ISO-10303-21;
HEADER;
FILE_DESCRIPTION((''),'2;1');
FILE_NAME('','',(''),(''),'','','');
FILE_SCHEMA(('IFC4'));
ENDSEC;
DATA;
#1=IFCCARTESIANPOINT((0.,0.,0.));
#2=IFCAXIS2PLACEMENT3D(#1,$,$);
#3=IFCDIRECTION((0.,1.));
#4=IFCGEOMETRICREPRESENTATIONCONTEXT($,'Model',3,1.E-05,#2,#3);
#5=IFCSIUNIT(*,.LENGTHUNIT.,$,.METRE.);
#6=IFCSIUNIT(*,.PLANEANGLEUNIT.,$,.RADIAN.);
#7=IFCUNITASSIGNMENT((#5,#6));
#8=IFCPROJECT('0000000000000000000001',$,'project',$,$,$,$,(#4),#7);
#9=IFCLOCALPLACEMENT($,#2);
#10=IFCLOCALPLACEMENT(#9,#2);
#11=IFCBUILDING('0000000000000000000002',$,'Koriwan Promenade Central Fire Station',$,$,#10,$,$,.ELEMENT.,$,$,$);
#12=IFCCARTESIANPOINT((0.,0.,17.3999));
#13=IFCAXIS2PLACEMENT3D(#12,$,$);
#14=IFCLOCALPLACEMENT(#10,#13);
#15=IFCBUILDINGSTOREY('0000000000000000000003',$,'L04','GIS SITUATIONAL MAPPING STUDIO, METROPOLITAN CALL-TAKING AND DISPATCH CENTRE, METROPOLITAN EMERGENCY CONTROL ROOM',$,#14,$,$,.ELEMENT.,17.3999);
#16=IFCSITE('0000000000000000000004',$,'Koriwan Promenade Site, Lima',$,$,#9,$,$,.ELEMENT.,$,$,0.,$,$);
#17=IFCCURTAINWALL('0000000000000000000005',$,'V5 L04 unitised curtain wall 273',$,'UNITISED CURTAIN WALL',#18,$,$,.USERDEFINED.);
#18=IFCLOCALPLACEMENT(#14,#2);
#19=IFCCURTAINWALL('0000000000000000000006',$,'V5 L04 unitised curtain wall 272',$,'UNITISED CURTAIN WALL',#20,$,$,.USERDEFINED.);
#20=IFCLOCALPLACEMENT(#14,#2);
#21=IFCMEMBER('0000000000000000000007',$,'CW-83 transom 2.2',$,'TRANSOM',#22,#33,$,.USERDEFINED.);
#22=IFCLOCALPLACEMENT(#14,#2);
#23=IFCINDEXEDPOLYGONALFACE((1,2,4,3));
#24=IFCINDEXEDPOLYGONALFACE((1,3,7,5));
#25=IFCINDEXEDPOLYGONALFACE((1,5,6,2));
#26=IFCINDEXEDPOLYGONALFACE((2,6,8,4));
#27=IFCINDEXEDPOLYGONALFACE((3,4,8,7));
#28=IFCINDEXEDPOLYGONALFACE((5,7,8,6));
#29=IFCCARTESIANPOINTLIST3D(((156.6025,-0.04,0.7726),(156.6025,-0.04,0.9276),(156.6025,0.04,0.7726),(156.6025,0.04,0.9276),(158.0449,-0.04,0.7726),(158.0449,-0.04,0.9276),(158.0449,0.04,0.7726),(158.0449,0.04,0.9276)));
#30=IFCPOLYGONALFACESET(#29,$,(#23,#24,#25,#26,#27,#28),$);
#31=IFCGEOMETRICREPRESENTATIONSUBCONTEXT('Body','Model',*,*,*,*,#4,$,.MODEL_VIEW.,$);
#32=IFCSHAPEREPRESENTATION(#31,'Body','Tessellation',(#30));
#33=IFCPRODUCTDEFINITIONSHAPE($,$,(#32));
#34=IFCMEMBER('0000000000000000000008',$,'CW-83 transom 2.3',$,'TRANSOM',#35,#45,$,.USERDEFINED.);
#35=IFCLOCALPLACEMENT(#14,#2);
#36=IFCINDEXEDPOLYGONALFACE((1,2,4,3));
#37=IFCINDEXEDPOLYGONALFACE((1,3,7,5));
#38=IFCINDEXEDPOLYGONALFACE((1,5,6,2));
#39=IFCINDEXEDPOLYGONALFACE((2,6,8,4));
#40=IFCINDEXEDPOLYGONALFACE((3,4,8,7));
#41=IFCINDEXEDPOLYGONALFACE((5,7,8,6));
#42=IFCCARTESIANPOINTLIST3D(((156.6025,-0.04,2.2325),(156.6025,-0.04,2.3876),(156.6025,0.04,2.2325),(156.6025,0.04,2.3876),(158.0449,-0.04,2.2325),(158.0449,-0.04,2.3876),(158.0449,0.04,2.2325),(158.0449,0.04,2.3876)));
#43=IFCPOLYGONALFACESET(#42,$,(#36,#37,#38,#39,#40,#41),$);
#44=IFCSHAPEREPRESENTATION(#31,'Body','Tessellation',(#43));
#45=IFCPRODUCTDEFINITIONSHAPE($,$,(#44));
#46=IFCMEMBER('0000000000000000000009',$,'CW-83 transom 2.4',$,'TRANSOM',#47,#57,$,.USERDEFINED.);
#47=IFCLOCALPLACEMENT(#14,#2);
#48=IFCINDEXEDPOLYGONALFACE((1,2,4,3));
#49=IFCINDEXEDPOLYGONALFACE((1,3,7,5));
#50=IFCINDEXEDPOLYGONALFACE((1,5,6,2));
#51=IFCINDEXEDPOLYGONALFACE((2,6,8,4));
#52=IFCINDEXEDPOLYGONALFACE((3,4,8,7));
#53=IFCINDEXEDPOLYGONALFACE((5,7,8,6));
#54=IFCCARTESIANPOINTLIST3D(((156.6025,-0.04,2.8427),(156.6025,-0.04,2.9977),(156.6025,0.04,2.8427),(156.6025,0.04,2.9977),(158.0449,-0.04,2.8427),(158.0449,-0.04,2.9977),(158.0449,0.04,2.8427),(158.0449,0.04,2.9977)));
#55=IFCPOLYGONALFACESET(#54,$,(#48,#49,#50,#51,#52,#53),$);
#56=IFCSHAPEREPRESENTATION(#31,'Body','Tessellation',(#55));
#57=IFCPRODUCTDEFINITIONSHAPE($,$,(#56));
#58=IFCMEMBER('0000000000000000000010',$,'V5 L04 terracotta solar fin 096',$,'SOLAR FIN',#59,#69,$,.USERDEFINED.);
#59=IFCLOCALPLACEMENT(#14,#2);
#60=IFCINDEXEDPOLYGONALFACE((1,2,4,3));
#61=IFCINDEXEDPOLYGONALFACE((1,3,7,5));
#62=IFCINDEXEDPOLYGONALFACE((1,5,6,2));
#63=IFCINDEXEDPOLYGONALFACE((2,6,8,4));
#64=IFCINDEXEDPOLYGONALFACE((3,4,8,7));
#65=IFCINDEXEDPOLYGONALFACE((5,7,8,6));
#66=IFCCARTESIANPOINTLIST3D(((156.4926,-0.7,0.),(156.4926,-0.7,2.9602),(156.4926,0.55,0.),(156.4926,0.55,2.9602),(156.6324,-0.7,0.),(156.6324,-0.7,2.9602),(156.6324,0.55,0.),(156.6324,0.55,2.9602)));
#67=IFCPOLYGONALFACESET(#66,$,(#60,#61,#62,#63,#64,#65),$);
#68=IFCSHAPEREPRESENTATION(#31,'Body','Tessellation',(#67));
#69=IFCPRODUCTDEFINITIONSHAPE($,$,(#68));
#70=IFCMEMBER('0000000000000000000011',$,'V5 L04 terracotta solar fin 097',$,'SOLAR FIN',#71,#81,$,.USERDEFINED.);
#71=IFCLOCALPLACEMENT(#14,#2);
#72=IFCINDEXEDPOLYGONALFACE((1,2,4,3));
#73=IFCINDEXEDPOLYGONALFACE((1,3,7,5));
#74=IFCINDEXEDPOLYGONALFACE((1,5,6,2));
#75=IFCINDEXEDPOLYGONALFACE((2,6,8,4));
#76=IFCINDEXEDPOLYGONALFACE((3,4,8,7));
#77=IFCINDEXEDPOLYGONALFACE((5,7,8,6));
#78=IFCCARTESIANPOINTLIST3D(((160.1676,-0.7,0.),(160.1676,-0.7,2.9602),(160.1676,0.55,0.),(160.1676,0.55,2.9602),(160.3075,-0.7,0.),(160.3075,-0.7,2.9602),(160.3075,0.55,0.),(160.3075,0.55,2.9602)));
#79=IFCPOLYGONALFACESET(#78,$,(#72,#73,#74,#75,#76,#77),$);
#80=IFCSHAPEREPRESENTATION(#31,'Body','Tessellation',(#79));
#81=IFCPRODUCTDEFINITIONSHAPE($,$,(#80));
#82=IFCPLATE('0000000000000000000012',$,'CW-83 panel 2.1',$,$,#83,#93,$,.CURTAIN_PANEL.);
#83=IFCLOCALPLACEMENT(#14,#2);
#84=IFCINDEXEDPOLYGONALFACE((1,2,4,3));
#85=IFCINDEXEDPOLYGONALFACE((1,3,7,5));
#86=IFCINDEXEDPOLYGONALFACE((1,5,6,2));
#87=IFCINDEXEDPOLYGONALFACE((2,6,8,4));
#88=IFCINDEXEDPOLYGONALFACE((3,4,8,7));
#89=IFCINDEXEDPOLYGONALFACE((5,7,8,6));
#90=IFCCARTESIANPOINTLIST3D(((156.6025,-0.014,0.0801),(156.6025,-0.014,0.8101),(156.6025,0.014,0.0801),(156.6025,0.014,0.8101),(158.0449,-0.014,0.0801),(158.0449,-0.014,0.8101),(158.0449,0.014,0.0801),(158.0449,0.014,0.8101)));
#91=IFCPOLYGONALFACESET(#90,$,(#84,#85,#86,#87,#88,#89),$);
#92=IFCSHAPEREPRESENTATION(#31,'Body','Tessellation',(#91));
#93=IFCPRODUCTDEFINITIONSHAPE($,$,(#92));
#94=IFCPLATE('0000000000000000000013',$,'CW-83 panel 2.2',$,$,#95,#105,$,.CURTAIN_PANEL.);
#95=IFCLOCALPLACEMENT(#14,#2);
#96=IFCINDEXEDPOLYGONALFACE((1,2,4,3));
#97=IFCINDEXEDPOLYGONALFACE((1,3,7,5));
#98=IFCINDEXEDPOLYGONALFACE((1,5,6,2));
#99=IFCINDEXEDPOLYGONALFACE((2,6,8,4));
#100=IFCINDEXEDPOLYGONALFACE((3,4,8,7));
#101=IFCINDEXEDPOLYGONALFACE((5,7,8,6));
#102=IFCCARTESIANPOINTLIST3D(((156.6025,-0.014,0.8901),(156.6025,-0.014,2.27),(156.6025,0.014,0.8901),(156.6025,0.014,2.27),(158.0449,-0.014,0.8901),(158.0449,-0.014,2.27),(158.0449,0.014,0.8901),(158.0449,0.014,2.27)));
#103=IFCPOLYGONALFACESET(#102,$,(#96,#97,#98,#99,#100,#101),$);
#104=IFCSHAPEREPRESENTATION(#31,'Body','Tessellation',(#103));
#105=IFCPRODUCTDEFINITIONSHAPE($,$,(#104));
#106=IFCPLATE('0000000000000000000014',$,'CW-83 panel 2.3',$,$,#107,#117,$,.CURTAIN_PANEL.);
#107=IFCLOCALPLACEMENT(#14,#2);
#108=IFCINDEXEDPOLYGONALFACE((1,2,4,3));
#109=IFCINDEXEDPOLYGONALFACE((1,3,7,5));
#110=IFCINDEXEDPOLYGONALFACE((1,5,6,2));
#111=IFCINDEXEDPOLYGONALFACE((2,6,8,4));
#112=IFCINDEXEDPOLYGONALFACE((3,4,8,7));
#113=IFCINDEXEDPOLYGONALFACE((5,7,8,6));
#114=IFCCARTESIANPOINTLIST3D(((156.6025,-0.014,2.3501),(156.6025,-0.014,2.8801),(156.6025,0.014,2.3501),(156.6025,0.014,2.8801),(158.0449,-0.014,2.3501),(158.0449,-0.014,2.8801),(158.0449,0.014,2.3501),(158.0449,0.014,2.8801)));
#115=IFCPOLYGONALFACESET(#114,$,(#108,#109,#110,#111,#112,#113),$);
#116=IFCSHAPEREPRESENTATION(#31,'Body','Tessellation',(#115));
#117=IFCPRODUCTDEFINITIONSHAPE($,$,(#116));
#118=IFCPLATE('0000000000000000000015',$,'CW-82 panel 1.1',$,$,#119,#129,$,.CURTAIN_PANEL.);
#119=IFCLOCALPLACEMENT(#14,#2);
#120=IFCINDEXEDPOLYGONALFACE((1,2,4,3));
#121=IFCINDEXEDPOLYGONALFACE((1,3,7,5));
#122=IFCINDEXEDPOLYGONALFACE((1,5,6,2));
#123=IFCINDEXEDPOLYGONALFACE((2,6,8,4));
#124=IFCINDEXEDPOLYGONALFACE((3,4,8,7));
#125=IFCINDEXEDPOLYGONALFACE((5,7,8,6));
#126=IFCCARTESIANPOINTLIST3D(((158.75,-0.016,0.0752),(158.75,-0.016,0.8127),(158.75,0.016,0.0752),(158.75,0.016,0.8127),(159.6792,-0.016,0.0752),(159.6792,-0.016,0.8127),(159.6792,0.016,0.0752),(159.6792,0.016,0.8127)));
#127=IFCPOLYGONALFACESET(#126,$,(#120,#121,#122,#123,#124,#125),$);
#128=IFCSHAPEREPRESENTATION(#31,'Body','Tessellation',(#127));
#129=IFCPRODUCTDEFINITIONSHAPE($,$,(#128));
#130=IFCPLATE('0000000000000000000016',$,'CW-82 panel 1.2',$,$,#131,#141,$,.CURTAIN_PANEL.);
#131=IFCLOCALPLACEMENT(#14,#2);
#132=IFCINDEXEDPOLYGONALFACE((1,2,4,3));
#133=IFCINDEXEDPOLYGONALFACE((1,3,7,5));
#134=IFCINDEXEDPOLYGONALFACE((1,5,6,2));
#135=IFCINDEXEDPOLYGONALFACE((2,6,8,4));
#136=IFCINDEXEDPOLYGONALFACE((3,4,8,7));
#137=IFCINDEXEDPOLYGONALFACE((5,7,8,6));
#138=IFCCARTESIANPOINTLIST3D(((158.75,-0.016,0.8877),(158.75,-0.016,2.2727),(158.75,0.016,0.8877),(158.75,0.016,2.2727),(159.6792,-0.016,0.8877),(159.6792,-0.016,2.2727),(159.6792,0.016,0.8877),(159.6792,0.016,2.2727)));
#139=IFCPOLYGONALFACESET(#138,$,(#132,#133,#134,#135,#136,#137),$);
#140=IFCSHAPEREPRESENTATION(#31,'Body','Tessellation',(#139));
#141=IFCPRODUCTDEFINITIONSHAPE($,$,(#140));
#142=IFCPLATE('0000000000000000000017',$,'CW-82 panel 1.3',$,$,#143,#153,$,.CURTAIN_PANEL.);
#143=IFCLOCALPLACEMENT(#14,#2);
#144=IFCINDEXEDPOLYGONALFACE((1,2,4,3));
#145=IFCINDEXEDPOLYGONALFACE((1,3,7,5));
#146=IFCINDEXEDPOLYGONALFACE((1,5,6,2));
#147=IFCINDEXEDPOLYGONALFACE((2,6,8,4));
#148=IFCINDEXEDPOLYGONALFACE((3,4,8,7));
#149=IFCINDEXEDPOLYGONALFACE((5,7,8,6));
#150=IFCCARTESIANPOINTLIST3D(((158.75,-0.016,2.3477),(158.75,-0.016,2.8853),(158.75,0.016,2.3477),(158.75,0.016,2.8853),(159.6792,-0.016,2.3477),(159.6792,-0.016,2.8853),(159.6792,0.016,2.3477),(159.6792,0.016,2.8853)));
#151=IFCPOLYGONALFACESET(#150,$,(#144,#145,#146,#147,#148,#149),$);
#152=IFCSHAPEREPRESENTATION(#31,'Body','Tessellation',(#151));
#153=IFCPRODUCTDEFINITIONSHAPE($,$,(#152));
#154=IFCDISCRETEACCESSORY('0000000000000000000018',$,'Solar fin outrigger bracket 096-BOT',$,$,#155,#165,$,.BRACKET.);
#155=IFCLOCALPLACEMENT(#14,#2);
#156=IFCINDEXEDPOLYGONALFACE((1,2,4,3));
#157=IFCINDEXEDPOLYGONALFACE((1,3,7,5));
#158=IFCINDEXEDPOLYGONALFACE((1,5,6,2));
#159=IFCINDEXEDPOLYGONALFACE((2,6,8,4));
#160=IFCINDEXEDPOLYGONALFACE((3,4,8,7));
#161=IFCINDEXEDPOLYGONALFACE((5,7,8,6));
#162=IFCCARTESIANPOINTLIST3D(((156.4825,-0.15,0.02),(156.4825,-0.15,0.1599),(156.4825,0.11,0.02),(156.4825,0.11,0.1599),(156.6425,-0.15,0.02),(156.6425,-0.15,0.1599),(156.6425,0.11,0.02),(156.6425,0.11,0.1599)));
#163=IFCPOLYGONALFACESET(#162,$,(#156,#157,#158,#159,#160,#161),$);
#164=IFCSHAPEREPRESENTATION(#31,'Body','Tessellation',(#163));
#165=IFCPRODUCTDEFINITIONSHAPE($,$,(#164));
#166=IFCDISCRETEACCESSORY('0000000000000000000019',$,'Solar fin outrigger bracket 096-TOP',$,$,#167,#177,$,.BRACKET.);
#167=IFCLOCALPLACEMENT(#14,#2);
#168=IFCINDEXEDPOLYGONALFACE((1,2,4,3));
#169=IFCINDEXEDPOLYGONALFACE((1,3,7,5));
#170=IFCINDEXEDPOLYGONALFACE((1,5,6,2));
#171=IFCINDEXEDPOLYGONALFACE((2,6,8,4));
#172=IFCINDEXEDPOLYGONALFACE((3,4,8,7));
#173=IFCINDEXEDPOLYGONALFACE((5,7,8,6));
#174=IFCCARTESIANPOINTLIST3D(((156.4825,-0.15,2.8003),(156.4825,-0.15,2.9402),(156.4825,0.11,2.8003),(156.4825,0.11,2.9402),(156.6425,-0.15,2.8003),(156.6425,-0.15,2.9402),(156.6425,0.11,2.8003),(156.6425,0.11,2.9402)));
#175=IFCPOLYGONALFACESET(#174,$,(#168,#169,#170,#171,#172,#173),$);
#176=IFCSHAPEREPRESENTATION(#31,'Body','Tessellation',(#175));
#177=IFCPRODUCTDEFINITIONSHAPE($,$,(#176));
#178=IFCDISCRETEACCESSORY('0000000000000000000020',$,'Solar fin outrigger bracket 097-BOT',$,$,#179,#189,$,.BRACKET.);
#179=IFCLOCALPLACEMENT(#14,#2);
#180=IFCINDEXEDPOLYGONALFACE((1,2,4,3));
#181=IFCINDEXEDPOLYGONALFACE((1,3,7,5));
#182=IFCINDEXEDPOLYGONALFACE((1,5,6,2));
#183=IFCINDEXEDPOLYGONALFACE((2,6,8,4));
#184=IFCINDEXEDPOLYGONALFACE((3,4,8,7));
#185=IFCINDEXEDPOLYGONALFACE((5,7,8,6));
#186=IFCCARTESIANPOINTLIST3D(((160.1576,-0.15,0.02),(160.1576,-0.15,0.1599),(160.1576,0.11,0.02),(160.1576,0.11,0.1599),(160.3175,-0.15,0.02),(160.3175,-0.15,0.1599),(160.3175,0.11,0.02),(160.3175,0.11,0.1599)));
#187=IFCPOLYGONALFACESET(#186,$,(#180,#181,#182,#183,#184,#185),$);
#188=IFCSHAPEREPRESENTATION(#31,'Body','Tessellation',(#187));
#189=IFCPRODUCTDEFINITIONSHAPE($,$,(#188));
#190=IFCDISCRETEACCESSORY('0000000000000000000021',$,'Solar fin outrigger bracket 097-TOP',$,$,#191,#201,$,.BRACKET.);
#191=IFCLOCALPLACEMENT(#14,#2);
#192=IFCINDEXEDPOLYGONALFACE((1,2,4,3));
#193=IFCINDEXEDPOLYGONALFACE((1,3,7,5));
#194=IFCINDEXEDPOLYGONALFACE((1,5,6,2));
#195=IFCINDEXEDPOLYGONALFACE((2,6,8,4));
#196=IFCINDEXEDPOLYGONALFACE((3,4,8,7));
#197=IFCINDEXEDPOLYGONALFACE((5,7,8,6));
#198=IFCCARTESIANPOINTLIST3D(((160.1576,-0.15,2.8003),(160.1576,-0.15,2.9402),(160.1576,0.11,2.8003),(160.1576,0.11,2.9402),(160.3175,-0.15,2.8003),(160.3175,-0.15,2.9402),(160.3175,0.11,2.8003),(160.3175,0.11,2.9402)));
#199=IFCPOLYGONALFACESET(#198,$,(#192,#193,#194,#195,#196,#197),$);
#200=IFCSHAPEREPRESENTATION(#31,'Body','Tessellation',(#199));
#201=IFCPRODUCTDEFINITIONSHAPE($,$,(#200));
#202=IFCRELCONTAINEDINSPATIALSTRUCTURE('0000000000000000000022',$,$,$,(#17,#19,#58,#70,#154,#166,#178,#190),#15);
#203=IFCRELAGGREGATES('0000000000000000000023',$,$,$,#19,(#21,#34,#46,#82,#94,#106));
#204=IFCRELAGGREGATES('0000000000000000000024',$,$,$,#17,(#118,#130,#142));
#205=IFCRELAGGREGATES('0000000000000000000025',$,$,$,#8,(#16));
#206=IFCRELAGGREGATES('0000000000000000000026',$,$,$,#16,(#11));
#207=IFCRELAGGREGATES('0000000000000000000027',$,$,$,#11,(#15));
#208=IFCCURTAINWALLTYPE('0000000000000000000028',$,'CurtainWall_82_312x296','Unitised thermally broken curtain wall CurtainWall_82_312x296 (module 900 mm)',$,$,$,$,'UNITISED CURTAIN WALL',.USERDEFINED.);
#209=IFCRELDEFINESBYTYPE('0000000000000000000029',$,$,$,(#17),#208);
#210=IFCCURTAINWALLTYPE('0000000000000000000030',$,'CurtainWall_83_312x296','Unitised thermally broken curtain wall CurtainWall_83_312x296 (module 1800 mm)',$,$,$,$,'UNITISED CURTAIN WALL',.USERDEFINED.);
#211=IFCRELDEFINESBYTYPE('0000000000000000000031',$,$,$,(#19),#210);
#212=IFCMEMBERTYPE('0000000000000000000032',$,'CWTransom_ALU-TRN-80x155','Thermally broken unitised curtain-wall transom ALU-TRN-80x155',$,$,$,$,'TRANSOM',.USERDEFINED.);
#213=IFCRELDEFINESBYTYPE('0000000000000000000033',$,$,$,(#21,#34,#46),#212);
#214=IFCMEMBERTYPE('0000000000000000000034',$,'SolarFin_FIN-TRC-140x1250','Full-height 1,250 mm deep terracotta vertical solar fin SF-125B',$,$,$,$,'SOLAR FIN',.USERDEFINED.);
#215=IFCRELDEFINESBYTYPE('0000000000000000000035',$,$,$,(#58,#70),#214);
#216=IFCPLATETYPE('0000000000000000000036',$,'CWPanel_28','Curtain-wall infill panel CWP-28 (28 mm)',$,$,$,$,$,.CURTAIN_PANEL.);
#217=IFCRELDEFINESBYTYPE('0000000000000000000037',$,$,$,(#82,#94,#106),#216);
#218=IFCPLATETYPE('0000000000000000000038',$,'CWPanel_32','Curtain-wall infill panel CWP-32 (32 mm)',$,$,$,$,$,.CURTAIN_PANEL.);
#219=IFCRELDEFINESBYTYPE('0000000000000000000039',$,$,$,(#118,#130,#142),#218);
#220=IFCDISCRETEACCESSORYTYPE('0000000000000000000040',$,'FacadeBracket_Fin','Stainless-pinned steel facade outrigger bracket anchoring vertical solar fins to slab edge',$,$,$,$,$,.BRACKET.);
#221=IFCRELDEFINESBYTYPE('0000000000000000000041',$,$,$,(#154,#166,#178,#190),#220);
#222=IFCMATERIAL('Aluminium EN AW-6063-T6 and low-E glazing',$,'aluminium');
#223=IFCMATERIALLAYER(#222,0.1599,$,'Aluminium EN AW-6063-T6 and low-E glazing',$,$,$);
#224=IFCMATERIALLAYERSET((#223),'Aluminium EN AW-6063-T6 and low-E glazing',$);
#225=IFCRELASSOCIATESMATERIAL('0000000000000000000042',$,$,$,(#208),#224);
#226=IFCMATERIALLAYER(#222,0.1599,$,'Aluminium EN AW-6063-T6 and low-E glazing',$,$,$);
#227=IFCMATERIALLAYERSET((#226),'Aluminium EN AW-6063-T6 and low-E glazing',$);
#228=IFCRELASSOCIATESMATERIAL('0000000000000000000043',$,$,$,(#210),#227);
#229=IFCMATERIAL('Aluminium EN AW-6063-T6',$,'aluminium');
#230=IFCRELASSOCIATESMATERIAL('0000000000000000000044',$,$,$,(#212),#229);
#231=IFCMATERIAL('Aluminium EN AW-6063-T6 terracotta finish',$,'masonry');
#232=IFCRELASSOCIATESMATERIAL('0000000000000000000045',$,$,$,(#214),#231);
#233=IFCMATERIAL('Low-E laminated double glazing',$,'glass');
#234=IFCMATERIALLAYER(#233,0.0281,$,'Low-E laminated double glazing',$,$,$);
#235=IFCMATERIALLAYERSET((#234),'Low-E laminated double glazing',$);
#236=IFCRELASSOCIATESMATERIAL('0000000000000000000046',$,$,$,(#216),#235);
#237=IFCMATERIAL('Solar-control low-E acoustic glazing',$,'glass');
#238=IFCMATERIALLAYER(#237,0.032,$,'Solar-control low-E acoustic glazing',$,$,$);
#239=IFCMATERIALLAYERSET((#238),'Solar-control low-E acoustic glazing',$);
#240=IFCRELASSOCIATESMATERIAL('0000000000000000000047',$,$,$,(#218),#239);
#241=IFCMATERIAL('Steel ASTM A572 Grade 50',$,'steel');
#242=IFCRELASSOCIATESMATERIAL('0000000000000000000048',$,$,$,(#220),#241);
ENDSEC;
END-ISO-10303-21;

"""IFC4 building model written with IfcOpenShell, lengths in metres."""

from ifc_helpers import new_model, si_unit, direction, frame, origin, origin_2d, place, context, subcontext, project, spatial, rectangle, extrude, material, layer, layer_set, material_profile, profile_set, type_object, element, aggregate, save


model = new_model("IFC4")

# Units and contexts
model_context = context("Model", 3, precision=1e-05, world=origin(), true_north=direction((0.0, 1.0)))
body_context = subcontext(model_context, "Body", "Model", "MODEL_VIEW")
ifc_project = project(units=[si_unit("LENGTHUNIT", "METRE"), si_unit("PLANEANGLEUNIT", "RADIAN")], contexts=[model_context])

# Site, building, storey
site_placement = place(None, origin())
site = spatial("IfcSite", under=ifc_project, at=site_placement, Name="Koriwan Promenade Site, Lima", CompositionType="ELEMENT", RefElevation=0.0)
building_placement = place(site_placement, origin())
building = spatial("IfcBuilding", under=site, at=building_placement, Name="Koriwan Promenade Central Fire Station", CompositionType="ELEMENT")
storey_placement = place(building_placement, frame((0.0, 0.0, 17.3999)))
storey = spatial("IfcBuildingStorey", under=building, at=storey_placement, Name="L04", Description="GIS SITUATIONAL MAPPING STUDIO, METROPOLITAN CALL-TAKING AND DISPATCH CENTRE, METROPOLITAN EMERGENCY CONTROL ROOM", CompositionType="ELEMENT", Elevation=17.3999)

# Curtain walls
ifc_material_1 = material(Name="Aluminium EN AW-6063-T6 and low-E glazing", Category="aluminium")
ifc_layer_1 = layer(ifc_material_1, 0.1599, Name="Aluminium EN AW-6063-T6 and low-E glazing")
ifc_layer_set_1 = layer_set([ifc_layer_1], Name="Aluminium EN AW-6063-T6 and low-E glazing")
curtain_wall_type_1 = type_object("IfcCurtainWallType", Name="CurtainWall_82_312x296", Description="Unitised thermally broken curtain wall CurtainWall_82_312x296 (module 900 mm)", ElementType="UNITISED CURTAIN WALL", PredefinedType="USERDEFINED", material=ifc_layer_set_1)
curtain_wall_1_placement = place(storey_placement, origin())
curtain_wall_1 = element("IfcCurtainWall", 1, at=curtain_wall_1_placement, inside=storey, type_object=curtain_wall_type_1, Name="V5 L04 unitised curtain wall 273", ObjectType="UNITISED CURTAIN WALL", PredefinedType="USERDEFINED")
ifc_material_2 = material(Name="Aluminium EN AW-6063-T6", Category="aluminium")
ifc_layer_2 = layer(ifc_material_1, 0.1599, Name="Aluminium EN AW-6063-T6 and low-E glazing")
ifc_layer_set_2 = layer_set([ifc_layer_2], Name="Aluminium EN AW-6063-T6 and low-E glazing")
curtain_wall_type_2 = type_object("IfcCurtainWallType", Name="CurtainWall_83_312x296", Description="Unitised thermally broken curtain wall CurtainWall_83_312x296 (module 1800 mm)", ElementType="UNITISED CURTAIN WALL", PredefinedType="USERDEFINED", material=ifc_layer_set_2)
curtain_wall_2_placement = place(storey_placement, origin())
curtain_wall_2 = element("IfcCurtainWall", 2, at=curtain_wall_2_placement, inside=storey, type_object=curtain_wall_type_2, Name="V5 L04 unitised curtain wall 272", ObjectType="UNITISED CURTAIN WALL", PredefinedType="USERDEFINED")

# Members
ifc_material_profile_1 = material_profile(ifc_material_2, rectangle(XDim=0.0801, YDim=0.155, at=origin_2d()), Name="ALU-TRN-80x155")
ifc_profile_set_1 = profile_set([ifc_material_profile_1], Name="Aluminium EN AW-6063-T6")
member_type_1 = type_object("IfcMemberType", Name="CWTransom_ALU-TRN-80x155", Description="Thermally broken unitised curtain-wall transom ALU-TRN-80x155", ElementType="TRANSOM", PredefinedType="USERDEFINED", material=ifc_profile_set_1)
member_1_placement = place(storey_placement, frame((156.6025, 0.0, 0.8501), z_axis=(1.0, 0.0, 0.0), x_axis=(0.0, 1.0, 0.0)))
member_1 = element("IfcMember", 3, at=member_1_placement, type_object=member_type_1, Name="CW-83 transom 2.2", ObjectType="TRANSOM", PredefinedType="USERDEFINED", context=body_context, shape_type="SweptSolid", body=[
    extrude(rectangle(XDim=0.0801, YDim=0.155, at=origin_2d()), origin(), (0.0, 0.0, 1.0), 1.4424),
])
member_2_placement = place(storey_placement, frame((156.6025, 0.0, 2.3101), z_axis=(1.0, 0.0, 0.0), x_axis=(0.0, 1.0, 0.0)))
member_2 = element("IfcMember", 4, at=member_2_placement, type_object=member_type_1, Name="CW-83 transom 2.3", ObjectType="TRANSOM", PredefinedType="USERDEFINED", context=body_context, shape_type="SweptSolid", body=[
    extrude(rectangle(XDim=0.0801, YDim=0.155, at=origin_2d()), origin(), (0.0, 0.0, 1.0), 1.4424),
])
member_3_placement = place(storey_placement, frame((156.6025, 0.0, 2.9202), z_axis=(1.0, 0.0, 0.0), x_axis=(0.0, 1.0, 0.0)))
member_3 = element("IfcMember", 5, at=member_3_placement, type_object=member_type_1, Name="CW-83 transom 2.4", ObjectType="TRANSOM", PredefinedType="USERDEFINED", context=body_context, shape_type="SweptSolid", body=[
    extrude(rectangle(XDim=0.0801, YDim=0.155, at=origin_2d()), origin(), (0.0, 0.0, 1.0), 1.4424),
])

# Members
ifc_material_3 = material(Name="Aluminium EN AW-6063-T6 terracotta finish", Category="masonry")
ifc_material_profile_2 = material_profile(ifc_material_3, rectangle(XDim=0.1399, YDim=1.25, at=origin_2d()), Name="FIN-TRC-140x1250")
ifc_profile_set_2 = profile_set([ifc_material_profile_2], Name="Aluminium EN AW-6063-T6 terracotta finish")
member_type_2 = type_object("IfcMemberType", Name="SolarFin_FIN-TRC-140x1250", Description="Full-height 1,250 mm deep terracotta vertical solar fin SF-125B", ElementType="SOLAR FIN", PredefinedType="USERDEFINED", material=ifc_profile_set_2)
for number, where, z_axis, x_axis, name in (
    (6, (156.5625, -0.075, 0.0), (0.0, 0.0, 1.0), (-1.0, 0.0, 0.0), "V5 L04 terracotta solar fin 096"),
    (7, (160.2375, -0.075, 0.0), (0.0, 0.0, 1.0), (-1.0, 0.0, 0.0), "V5 L04 terracotta solar fin 097"),
):
    element("IfcMember", number, at=place(storey_placement, frame(where, z_axis=z_axis, x_axis=x_axis)), inside=storey, type_object=member_type_2, Name=name, ObjectType="SOLAR FIN", PredefinedType="USERDEFINED", context=body_context, shape_type="SweptSolid", body=[
        extrude(rectangle(XDim=0.1399, YDim=1.25, at=origin_2d()), origin(), (0.0, 0.0, 1.0), 2.9602),
    ])

# Plates
ifc_material_4 = material(Name="Low-E laminated double glazing", Category="glass")
ifc_layer_3 = layer(ifc_material_4, 0.0281, Name="Low-E laminated double glazing")
ifc_layer_set_3 = layer_set([ifc_layer_3], Name="Low-E laminated double glazing")
plate_type_1 = type_object("IfcPlateType", Name="CWPanel_28", Description="Curtain-wall infill panel CWP-28 (28 mm)", PredefinedType="CURTAIN_PANEL", material=ifc_layer_set_3)
plate_1_placement = place(storey_placement, frame((157.3237, 0.0, 0.0801), z_axis=(0.0, 0.0, 1.0), x_axis=(1.0, 0.0, 0.0)))
plate_1 = element("IfcPlate", 8, at=plate_1_placement, type_object=plate_type_1, Name="CW-83 panel 2.1", PredefinedType="CURTAIN_PANEL", context=body_context, shape_type="SweptSolid", body=[
    extrude(rectangle(XDim=1.4424, YDim=0.0281, at=origin_2d()), origin(), (0.0, 0.0, 1.0), 0.73),
])
plate_2_placement = place(storey_placement, frame((157.3237, 0.0, 0.8901), z_axis=(0.0, 0.0, 1.0), x_axis=(1.0, 0.0, 0.0)))
plate_2 = element("IfcPlate", 9, at=plate_2_placement, type_object=plate_type_1, Name="CW-83 panel 2.2", PredefinedType="CURTAIN_PANEL", context=body_context, shape_type="SweptSolid", body=[
    extrude(rectangle(XDim=1.4424, YDim=0.0281, at=origin_2d()), origin(), (0.0, 0.0, 1.0), 1.3799),
])
plate_3_placement = place(storey_placement, frame((157.3237, 0.0, 2.3501), z_axis=(0.0, 0.0, 1.0), x_axis=(1.0, 0.0, 0.0)))
plate_3 = element("IfcPlate", 10, at=plate_3_placement, type_object=plate_type_1, Name="CW-83 panel 2.3", PredefinedType="CURTAIN_PANEL", context=body_context, shape_type="SweptSolid", body=[
    extrude(rectangle(XDim=1.4424, YDim=0.0281, at=origin_2d()), origin(), (0.0, 0.0, 1.0), 0.53),
])
aggregate(curtain_wall_2, [member_1, member_2, member_3, plate_1, plate_2, plate_3])
ifc_material_5 = material(Name="Solar-control low-E acoustic glazing", Category="glass")
ifc_layer_4 = layer(ifc_material_5, 0.032, Name="Solar-control low-E acoustic glazing")
ifc_layer_set_4 = layer_set([ifc_layer_4], Name="Solar-control low-E acoustic glazing")
plate_type_2 = type_object("IfcPlateType", Name="CWPanel_32", Description="Curtain-wall infill panel CWP-32 (32 mm)", PredefinedType="CURTAIN_PANEL", material=ifc_layer_set_4)
plate_4_placement = place(storey_placement, frame((159.2146, 0.0, 0.0752), z_axis=(0.0, 0.0, 1.0), x_axis=(1.0, 0.0, 0.0)))
plate_4 = element("IfcPlate", 11, at=plate_4_placement, type_object=plate_type_2, Name="CW-82 panel 1.1", PredefinedType="CURTAIN_PANEL", context=body_context, shape_type="SweptSolid", body=[
    extrude(rectangle(XDim=0.9292, YDim=0.032, at=origin_2d()), origin(), (0.0, 0.0, 1.0), 0.7375),
])
plate_5_placement = place(storey_placement, frame((159.2146, 0.0, 0.8877), z_axis=(0.0, 0.0, 1.0), x_axis=(1.0, 0.0, 0.0)))
plate_5 = element("IfcPlate", 12, at=plate_5_placement, type_object=plate_type_2, Name="CW-82 panel 1.2", PredefinedType="CURTAIN_PANEL", context=body_context, shape_type="SweptSolid", body=[
    extrude(rectangle(XDim=0.9292, YDim=0.032, at=origin_2d()), origin(), (0.0, 0.0, 1.0), 1.385),
])
plate_6_placement = place(storey_placement, frame((159.2146, 0.0, 2.3477), z_axis=(0.0, 0.0, 1.0), x_axis=(1.0, 0.0, 0.0)))
plate_6 = element("IfcPlate", 13, at=plate_6_placement, type_object=plate_type_2, Name="CW-82 panel 1.3", PredefinedType="CURTAIN_PANEL", context=body_context, shape_type="SweptSolid", body=[
    extrude(rectangle(XDim=0.9292, YDim=0.032, at=origin_2d()), origin(), (0.0, 0.0, 1.0), 0.5376),
])
aggregate(curtain_wall_1, [plate_4, plate_5, plate_6])

# Discrete accessories
ifc_material_6 = material(Name="Steel ASTM A572 Grade 50", Category="steel")
discrete_accessory_type = type_object("IfcDiscreteAccessoryType", Name="FacadeBracket_Fin", Description="Stainless-pinned steel facade outrigger bracket anchoring vertical solar fins to slab edge", PredefinedType="BRACKET", material=ifc_material_6)
for number, where, z_axis, x_axis, name in (
    (14, (156.5625, -0.02, 0.02), (0.0, 0.0, 1.0), (0.0, -1.0, 0.0), "Solar fin outrigger bracket 096-BOT"),
    (15, (156.5625, -0.02, 2.8003), (0.0, 0.0, 1.0), (0.0, -1.0, 0.0), "Solar fin outrigger bracket 096-TOP"),
    (16, (160.2375, -0.02, 0.02), (0.0, 0.0, 1.0), (0.0, -1.0, 0.0), "Solar fin outrigger bracket 097-BOT"),
    (17, (160.2375, -0.02, 2.8003), (0.0, 0.0, 1.0), (0.0, -1.0, 0.0), "Solar fin outrigger bracket 097-TOP"),
):
    element("IfcDiscreteAccessory", number, at=place(storey_placement, frame(where, z_axis=z_axis, x_axis=x_axis)), inside=storey, type_object=discrete_accessory_type, Name=name, PredefinedType="BRACKET", context=body_context, shape_type="SweptSolid", body=[
        extrude(rectangle(XDim=0.26, YDim=0.1599, at=origin_2d()), origin(), (0.0, 0.0, 1.0), 0.1399),
    ])

save(model, "model.ifc")
